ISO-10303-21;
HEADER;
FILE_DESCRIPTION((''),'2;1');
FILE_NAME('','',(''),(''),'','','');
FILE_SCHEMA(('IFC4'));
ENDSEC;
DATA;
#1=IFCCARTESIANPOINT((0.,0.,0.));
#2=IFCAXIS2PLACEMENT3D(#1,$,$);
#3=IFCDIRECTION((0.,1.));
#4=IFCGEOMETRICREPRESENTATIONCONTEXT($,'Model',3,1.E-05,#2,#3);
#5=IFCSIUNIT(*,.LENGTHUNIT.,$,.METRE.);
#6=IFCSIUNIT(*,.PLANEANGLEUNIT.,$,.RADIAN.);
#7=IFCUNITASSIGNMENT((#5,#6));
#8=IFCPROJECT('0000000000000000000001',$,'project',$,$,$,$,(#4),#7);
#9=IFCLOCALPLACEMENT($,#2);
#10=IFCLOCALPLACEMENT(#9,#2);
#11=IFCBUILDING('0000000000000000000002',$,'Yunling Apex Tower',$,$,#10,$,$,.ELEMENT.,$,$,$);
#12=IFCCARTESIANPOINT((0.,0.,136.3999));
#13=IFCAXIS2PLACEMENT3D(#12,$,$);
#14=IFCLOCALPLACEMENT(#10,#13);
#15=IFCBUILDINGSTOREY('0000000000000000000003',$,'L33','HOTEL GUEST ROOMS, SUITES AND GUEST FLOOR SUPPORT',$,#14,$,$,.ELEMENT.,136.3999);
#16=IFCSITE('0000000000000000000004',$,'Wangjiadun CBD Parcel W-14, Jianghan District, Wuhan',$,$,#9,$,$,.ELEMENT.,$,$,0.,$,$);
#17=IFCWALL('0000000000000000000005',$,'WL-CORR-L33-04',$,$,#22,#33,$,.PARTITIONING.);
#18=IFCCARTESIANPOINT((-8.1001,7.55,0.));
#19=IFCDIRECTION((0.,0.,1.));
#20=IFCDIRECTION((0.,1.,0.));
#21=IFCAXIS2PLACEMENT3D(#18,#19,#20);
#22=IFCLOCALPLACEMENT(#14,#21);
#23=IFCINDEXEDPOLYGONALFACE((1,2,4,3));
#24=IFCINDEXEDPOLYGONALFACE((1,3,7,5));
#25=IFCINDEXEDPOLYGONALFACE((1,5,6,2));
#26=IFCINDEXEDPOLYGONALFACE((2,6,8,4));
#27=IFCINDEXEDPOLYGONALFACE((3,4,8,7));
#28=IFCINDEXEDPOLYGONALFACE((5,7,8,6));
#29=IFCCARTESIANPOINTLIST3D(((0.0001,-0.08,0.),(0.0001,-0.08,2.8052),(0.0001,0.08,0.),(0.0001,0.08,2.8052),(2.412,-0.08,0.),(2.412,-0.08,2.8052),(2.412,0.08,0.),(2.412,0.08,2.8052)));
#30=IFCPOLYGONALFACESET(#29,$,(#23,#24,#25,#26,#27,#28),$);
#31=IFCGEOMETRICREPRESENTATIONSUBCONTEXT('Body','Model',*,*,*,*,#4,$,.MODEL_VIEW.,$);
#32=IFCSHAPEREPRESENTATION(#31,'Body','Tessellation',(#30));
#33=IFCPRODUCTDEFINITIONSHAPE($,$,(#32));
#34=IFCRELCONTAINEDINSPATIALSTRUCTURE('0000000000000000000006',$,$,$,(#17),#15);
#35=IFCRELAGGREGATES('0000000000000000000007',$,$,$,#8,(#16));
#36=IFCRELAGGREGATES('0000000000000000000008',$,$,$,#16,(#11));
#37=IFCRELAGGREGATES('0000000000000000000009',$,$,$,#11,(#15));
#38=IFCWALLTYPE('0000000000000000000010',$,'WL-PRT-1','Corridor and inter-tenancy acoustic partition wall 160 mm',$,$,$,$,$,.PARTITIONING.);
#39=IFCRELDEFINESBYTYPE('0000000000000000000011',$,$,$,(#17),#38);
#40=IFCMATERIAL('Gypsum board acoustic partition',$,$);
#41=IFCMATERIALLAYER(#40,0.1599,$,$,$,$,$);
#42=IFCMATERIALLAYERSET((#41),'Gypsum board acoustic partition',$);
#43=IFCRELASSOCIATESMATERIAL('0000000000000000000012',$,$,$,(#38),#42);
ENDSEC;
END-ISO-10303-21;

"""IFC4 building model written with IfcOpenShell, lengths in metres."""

from ifc_helpers import new_model, si_unit, direction, frame, frame_2d, origin, place, context, subcontext, project, spatial, rectangle, extrude, material, layer, layer_set, type_object, element, save


model = new_model("IFC4")

# Units and contexts
model_context = context("Model", 3, precision=1e-05, world=origin(), true_north=direction((0.0, 1.0)))
body_context = subcontext(model_context, "Body", "Model", "MODEL_VIEW")
ifc_project = project(units=[si_unit("LENGTHUNIT", "METRE"), si_unit("PLANEANGLEUNIT", "RADIAN")], contexts=[model_context])

# Site, building, storey
site_placement = place(None, origin())
site = spatial("IfcSite", under=ifc_project, at=site_placement, Name="Wangjiadun CBD Parcel W-14, Jianghan District, Wuhan", CompositionType="ELEMENT", RefElevation=0.0)
building_placement = place(site_placement, origin())
building = spatial("IfcBuilding", under=site, at=building_placement, Name="Yunling Apex Tower", CompositionType="ELEMENT")
storey_placement = place(building_placement, frame((0.0, 0.0, 136.3999)))
storey = spatial("IfcBuildingStorey", under=building, at=storey_placement, Name="L33", Description="HOTEL GUEST ROOMS, SUITES AND GUEST FLOOR SUPPORT", CompositionType="ELEMENT", Elevation=136.3999)

# Wall
ifc_material_1 = material(Name="Gypsum board acoustic partition")
ifc_layer_1 = layer(ifc_material_1, 0.1599)
ifc_layer_set_1 = layer_set([ifc_layer_1], Name="Gypsum board acoustic partition")
wall_type = type_object("IfcWallType", Name="WL-PRT-1", Description="Corridor and inter-tenancy acoustic partition wall 160 mm", PredefinedType="PARTITIONING", material=ifc_layer_set_1)
wall_placement = place(storey_placement, frame((-8.1001, 7.55, 0.0), z_axis=(0.0, 0.0, 1.0), x_axis=(0.0, 1.0, 0.0)))
element("IfcWall", 1, at=wall_placement, inside=storey, type_object=wall_type, Name="WL-CORR-L33-04", PredefinedType="PARTITIONING", context=body_context, shape_type="SweptSolid", body=[
    extrude(rectangle(XDim=2.4119, YDim=0.1599, at=frame_2d((1.2061, 0.0))), origin(), (0.0, 0.0, 1.0), 2.8052),
])

save(model, "model.ifc")
